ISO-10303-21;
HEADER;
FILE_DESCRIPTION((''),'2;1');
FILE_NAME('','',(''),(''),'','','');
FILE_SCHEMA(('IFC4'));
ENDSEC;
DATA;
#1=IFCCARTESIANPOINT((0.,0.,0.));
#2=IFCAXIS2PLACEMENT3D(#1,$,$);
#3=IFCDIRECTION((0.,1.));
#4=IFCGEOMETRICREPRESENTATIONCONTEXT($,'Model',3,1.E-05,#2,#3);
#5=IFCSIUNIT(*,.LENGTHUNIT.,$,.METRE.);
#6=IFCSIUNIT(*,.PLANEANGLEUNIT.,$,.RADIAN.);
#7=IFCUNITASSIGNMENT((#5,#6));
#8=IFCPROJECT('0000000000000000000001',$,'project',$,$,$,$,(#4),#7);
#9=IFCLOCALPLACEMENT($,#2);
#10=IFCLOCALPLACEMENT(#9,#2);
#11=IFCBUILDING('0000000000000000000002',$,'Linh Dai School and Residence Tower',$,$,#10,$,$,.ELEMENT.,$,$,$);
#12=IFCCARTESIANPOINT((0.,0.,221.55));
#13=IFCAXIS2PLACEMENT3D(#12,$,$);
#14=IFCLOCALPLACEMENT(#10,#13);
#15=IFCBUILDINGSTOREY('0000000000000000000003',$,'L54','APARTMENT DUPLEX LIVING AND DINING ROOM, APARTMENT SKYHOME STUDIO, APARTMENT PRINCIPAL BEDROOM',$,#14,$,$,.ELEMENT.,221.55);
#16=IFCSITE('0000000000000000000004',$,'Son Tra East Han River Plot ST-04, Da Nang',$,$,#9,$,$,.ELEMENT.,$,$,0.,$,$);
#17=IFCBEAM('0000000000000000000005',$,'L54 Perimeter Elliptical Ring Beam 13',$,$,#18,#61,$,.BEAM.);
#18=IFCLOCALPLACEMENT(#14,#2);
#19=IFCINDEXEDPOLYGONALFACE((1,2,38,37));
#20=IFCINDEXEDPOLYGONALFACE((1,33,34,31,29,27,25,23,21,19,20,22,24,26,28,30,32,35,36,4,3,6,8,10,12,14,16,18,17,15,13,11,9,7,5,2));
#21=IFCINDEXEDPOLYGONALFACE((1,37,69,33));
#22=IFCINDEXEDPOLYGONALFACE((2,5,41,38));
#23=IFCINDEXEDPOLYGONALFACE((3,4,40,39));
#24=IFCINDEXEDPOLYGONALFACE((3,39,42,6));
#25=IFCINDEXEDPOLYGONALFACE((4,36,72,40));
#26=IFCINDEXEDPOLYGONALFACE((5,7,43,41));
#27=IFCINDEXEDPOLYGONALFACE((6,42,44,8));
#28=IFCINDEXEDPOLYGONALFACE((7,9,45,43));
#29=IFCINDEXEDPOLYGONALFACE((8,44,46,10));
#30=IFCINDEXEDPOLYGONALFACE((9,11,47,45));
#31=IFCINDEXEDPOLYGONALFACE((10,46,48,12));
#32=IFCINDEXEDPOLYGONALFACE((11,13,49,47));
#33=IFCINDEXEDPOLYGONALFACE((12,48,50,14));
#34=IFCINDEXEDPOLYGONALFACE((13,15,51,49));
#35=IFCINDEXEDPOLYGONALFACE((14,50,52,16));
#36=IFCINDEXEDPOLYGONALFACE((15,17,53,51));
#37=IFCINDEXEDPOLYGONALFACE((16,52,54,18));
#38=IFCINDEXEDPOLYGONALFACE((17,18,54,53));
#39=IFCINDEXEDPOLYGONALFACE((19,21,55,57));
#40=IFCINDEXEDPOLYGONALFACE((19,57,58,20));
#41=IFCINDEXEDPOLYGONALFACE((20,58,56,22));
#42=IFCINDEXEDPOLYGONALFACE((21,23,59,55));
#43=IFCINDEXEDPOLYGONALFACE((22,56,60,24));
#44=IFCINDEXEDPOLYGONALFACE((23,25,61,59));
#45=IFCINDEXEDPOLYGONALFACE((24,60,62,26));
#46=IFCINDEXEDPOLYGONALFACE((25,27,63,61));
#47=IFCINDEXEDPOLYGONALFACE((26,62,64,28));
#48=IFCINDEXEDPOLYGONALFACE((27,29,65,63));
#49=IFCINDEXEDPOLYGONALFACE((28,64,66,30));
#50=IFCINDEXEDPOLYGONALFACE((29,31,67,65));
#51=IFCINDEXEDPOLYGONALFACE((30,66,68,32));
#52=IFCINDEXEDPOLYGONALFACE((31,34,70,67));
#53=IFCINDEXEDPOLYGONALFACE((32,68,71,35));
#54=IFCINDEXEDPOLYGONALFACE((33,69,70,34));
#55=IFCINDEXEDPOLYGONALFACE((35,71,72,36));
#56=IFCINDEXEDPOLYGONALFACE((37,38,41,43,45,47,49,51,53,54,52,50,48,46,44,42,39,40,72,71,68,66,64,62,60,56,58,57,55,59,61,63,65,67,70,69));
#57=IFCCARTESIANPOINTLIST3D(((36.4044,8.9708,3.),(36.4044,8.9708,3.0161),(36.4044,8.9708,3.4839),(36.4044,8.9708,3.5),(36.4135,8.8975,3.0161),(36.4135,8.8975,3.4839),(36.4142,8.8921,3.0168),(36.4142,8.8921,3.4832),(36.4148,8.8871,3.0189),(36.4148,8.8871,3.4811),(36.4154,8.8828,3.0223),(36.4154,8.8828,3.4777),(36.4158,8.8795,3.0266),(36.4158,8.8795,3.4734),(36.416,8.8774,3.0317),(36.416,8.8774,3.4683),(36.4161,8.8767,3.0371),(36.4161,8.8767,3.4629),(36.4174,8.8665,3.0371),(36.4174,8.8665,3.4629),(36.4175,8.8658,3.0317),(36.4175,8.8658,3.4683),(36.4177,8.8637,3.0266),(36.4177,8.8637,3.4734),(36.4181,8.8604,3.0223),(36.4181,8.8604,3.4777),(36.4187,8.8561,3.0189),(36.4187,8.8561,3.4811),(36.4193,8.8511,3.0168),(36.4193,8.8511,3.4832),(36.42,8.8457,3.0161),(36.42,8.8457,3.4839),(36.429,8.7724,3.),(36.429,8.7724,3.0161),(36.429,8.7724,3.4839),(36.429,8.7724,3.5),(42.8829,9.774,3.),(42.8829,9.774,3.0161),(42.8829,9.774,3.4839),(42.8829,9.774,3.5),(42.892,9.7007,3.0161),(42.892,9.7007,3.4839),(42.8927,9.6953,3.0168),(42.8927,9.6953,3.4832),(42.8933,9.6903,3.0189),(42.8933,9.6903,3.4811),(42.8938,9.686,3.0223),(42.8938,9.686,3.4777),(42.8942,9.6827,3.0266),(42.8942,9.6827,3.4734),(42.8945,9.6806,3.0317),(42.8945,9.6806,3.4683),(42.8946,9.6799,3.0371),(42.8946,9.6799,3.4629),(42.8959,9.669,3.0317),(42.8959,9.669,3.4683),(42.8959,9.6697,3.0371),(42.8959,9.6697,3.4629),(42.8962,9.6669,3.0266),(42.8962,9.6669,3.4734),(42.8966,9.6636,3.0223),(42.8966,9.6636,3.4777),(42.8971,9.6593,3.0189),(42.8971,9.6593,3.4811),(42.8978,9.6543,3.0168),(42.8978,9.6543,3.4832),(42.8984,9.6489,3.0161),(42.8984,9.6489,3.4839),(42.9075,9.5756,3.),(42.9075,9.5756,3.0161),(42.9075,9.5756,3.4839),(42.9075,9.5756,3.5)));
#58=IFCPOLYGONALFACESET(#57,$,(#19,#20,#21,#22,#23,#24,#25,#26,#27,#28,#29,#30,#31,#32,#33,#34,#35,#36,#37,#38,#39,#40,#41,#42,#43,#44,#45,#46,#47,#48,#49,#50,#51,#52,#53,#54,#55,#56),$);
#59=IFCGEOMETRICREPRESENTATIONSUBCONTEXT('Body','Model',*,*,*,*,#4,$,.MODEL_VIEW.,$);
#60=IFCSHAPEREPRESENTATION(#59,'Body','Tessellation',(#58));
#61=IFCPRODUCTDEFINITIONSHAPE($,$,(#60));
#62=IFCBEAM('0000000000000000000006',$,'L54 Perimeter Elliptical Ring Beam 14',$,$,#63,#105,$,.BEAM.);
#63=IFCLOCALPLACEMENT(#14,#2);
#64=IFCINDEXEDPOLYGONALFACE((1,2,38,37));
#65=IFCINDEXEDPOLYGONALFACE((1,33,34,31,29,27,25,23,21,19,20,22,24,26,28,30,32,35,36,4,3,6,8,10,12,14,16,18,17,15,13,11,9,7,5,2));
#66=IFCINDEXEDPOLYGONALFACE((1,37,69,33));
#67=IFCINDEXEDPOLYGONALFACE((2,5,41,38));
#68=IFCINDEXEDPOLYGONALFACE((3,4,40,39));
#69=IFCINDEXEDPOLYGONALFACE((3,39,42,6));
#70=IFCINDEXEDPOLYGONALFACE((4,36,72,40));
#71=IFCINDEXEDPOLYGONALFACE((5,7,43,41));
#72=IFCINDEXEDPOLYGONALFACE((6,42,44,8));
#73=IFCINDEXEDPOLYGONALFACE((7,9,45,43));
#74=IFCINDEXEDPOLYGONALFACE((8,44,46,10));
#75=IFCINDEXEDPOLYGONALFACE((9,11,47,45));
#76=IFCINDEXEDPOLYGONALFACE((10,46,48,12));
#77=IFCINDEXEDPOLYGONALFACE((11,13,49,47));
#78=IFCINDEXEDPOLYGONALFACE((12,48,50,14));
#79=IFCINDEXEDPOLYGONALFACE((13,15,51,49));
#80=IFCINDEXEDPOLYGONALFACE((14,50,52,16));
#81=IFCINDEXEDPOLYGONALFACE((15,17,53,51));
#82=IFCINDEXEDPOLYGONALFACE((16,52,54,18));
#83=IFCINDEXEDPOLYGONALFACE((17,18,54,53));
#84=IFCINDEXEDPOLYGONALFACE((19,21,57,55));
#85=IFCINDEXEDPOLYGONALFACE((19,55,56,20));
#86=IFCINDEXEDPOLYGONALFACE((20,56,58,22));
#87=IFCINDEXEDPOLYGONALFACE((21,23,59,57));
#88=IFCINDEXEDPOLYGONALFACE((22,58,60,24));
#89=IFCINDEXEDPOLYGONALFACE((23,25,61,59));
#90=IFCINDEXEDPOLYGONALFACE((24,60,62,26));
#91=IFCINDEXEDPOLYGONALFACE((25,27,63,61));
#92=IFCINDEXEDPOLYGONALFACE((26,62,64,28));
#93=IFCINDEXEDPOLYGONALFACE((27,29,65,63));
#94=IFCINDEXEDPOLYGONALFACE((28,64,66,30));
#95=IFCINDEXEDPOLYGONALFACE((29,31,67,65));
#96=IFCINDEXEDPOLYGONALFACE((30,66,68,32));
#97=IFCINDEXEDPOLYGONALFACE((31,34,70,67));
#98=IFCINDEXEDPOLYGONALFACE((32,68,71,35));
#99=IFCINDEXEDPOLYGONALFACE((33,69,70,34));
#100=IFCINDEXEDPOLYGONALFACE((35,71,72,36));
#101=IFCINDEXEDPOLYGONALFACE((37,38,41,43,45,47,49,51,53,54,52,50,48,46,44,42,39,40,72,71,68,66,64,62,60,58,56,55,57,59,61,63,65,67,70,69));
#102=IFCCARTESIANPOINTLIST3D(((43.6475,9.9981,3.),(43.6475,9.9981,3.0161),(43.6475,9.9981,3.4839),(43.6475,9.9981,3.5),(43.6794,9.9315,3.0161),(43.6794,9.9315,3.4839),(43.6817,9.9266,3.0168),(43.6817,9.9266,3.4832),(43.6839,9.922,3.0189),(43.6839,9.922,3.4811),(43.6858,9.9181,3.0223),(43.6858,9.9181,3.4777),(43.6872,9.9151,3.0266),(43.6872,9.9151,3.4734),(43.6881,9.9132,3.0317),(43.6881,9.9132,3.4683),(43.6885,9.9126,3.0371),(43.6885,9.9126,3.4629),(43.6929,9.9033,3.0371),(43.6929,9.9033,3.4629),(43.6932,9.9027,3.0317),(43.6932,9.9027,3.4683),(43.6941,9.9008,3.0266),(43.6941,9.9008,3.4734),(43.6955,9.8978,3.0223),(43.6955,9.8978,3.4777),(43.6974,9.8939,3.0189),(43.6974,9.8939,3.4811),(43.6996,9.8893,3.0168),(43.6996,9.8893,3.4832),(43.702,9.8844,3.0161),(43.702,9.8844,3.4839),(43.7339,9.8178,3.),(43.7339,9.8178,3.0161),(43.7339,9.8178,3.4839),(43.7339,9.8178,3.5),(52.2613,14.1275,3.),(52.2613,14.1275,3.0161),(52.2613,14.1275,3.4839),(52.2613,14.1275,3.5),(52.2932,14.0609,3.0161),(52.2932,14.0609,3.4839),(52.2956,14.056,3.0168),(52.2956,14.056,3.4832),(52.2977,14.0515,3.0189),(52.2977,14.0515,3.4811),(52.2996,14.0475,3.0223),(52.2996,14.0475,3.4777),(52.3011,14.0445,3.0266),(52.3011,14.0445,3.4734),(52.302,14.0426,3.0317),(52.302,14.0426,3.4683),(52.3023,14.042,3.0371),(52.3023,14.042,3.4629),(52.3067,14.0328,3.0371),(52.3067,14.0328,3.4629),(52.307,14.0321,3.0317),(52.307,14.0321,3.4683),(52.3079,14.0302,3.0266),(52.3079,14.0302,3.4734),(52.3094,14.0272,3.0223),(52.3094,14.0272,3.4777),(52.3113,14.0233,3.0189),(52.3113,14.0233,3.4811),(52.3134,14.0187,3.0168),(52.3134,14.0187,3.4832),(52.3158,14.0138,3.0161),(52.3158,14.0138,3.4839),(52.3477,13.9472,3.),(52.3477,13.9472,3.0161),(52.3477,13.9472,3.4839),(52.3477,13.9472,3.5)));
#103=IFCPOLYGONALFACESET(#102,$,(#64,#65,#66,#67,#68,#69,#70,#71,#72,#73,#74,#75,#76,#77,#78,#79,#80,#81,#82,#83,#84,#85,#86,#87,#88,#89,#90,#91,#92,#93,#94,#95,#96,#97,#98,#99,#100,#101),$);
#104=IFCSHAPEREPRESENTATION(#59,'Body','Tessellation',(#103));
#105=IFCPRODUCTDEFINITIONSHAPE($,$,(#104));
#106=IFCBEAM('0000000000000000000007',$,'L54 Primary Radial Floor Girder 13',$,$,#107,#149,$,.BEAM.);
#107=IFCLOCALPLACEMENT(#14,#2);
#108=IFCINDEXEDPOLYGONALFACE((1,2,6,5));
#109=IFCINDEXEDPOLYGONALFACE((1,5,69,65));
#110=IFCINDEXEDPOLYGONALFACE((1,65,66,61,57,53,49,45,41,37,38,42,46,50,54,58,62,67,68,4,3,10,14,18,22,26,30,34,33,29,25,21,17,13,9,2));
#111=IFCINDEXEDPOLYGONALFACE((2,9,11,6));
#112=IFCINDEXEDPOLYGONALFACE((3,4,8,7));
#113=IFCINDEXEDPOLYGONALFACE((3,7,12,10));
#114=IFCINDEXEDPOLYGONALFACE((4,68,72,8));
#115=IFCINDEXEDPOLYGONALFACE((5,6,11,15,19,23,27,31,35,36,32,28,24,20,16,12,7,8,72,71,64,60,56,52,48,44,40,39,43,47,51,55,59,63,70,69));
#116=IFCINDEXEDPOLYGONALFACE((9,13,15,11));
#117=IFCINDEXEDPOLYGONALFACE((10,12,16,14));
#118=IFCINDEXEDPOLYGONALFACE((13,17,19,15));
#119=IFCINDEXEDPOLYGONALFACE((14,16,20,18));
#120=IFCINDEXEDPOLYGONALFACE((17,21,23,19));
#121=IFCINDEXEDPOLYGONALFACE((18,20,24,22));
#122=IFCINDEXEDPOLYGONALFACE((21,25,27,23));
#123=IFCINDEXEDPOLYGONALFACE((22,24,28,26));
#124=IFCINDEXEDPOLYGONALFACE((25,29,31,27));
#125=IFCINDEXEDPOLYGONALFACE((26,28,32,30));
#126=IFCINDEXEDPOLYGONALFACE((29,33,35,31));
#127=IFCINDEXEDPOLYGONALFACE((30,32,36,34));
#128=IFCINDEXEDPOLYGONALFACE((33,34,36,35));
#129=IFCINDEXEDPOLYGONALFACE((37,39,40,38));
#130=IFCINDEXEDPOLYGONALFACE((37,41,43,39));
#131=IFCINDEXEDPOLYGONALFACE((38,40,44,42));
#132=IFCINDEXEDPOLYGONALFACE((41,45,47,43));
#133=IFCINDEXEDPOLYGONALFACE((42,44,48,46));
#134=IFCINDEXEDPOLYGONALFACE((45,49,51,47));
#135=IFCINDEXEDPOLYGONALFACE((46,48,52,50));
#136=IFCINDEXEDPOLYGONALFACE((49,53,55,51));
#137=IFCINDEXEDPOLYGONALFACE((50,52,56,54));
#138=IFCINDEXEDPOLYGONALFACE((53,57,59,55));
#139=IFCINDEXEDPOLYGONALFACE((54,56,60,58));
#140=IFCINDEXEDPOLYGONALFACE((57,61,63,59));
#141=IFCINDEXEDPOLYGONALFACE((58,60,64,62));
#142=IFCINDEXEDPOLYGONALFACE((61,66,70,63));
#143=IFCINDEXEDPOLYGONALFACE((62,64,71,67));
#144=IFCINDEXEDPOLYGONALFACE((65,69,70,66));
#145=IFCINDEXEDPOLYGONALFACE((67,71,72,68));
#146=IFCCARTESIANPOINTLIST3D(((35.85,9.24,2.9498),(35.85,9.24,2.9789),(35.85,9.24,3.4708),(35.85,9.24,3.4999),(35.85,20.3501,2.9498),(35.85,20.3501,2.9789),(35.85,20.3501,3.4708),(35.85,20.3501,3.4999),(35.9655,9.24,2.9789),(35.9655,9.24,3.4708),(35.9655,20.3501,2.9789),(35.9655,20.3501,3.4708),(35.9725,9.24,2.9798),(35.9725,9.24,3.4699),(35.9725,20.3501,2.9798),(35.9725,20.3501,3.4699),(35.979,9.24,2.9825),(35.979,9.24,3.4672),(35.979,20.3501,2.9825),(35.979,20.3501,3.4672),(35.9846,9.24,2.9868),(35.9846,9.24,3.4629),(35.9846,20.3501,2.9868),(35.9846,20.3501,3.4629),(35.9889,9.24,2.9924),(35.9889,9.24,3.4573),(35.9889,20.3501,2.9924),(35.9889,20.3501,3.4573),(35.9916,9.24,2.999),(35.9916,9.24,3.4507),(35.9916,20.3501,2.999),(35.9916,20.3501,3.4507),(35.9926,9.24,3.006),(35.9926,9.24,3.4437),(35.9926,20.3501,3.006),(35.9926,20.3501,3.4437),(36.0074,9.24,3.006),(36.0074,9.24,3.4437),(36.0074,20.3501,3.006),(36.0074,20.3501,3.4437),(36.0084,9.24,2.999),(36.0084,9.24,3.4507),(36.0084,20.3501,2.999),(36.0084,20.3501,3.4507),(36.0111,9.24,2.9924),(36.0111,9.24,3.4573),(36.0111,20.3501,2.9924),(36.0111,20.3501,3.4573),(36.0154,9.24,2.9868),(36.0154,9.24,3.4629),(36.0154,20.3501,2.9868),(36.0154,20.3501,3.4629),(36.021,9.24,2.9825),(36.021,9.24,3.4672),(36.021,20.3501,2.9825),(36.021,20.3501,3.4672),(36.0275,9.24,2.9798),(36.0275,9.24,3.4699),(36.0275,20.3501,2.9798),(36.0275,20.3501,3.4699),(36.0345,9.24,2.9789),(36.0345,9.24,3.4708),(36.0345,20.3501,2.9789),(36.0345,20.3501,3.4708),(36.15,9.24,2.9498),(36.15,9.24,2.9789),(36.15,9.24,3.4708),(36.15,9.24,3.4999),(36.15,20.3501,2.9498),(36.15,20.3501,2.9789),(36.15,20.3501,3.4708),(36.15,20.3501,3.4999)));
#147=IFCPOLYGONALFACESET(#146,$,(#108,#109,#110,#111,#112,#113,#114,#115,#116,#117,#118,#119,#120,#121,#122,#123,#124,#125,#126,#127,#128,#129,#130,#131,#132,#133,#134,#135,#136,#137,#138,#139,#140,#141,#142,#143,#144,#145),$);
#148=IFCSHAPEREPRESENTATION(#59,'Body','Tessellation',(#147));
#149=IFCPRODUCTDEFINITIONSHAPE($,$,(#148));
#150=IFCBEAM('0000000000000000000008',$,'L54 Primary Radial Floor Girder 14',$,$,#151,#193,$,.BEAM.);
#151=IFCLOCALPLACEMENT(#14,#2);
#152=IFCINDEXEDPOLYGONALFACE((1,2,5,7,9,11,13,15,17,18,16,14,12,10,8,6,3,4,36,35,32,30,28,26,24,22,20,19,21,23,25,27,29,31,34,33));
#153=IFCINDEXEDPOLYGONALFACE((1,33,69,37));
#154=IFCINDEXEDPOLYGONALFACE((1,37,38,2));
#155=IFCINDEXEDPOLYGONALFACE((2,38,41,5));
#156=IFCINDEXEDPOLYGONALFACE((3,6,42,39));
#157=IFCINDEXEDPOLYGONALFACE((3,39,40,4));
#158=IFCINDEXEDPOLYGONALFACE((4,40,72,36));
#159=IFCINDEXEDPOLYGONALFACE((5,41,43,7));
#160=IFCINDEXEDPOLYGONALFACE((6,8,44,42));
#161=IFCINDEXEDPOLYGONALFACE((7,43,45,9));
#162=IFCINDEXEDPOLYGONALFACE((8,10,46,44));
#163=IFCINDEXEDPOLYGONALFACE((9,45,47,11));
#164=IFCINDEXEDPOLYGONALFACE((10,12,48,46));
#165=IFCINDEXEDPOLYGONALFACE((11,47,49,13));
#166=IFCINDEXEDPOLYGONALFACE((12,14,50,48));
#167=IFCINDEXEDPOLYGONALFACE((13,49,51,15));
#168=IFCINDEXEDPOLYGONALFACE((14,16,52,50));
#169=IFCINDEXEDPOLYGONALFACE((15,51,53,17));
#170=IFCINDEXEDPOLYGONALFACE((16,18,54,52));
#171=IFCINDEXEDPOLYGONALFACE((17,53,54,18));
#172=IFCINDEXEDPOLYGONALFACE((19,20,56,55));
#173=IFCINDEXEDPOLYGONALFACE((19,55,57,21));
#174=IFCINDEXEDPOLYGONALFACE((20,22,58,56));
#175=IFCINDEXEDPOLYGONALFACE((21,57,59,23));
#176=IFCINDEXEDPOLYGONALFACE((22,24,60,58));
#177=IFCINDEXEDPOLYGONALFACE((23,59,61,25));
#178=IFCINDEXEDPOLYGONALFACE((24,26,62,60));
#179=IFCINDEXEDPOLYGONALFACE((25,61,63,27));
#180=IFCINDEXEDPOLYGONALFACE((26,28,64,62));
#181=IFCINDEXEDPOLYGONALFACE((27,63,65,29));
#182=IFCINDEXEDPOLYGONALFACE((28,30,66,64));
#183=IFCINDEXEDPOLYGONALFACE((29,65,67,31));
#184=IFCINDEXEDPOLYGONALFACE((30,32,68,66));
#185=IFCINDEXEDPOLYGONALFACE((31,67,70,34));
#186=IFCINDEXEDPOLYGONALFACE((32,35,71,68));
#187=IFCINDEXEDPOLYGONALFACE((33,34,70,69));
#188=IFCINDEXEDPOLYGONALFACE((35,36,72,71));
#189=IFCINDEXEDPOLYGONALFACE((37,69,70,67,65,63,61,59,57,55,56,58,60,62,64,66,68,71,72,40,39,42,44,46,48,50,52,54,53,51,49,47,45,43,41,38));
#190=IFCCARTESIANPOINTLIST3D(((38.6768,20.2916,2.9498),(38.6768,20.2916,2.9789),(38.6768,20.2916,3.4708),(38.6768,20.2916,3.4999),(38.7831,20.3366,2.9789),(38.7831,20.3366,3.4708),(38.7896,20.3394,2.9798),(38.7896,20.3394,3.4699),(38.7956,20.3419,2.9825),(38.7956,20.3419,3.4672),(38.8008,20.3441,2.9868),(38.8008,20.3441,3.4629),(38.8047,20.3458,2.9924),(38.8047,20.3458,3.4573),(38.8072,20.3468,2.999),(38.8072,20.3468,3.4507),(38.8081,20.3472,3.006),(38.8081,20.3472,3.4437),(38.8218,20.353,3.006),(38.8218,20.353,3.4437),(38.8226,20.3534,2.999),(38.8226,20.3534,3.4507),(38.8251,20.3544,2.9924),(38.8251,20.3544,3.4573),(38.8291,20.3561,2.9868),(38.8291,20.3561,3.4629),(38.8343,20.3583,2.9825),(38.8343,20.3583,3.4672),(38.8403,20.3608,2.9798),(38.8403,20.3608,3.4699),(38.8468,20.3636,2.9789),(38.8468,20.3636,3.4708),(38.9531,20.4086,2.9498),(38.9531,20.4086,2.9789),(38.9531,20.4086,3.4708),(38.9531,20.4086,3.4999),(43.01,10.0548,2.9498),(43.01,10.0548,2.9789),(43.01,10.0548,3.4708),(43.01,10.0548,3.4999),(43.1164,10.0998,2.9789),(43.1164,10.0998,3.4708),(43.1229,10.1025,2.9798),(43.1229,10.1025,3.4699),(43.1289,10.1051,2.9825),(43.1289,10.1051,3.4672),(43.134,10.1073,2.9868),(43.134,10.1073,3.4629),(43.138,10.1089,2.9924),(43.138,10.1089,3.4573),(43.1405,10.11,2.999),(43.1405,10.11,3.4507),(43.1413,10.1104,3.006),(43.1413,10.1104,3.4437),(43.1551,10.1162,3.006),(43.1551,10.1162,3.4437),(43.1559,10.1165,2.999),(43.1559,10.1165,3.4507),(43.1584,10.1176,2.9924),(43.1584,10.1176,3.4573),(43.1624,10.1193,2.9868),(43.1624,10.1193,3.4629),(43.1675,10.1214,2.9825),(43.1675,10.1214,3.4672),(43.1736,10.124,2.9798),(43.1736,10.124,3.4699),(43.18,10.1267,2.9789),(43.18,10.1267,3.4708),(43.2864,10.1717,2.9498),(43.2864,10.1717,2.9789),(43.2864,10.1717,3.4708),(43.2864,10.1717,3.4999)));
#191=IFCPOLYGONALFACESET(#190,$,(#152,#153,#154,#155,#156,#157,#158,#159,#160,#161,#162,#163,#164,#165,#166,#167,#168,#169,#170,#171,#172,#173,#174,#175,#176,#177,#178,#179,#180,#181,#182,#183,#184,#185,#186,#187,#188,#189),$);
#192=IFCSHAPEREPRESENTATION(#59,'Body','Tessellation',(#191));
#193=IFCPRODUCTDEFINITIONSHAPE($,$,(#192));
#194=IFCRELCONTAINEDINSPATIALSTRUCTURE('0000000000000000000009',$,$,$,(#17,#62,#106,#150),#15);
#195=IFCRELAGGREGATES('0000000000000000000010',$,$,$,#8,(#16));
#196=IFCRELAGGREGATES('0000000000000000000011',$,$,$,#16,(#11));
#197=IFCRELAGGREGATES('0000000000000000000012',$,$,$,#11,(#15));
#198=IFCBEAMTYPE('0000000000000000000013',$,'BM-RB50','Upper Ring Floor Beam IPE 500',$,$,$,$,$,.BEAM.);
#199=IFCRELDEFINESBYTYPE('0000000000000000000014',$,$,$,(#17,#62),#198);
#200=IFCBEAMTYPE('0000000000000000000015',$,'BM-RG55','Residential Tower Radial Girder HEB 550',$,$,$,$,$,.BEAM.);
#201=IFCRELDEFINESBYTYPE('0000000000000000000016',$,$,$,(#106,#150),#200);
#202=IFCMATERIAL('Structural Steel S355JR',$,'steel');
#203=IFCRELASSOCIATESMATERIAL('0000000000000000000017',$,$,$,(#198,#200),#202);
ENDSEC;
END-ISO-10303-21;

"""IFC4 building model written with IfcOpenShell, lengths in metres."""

from ifc_helpers import new_model, si_unit, direction, frame, origin, origin_2d, place, context, subcontext, project, spatial, i_section, extrude, material, material_profile, profile_set, type_object, element, save


model = new_model("IFC4")

# Units and contexts
model_context = context("Model", 3, precision=1e-05, world=origin(), true_north=direction((0.0, 1.0)))
body_context = subcontext(model_context, "Body", "Model", "MODEL_VIEW")
ifc_project = project(units=[si_unit("LENGTHUNIT", "METRE"), si_unit("PLANEANGLEUNIT", "RADIAN")], contexts=[model_context])

# Site, building, storey
site_placement = place(None, origin())
site = spatial("IfcSite", under=ifc_project, at=site_placement, Name="Son Tra East Han River Plot ST-04, Da Nang", CompositionType="ELEMENT", RefElevation=0.0)
building_placement = place(site_placement, origin())
building = spatial("IfcBuilding", under=site, at=building_placement, Name="Linh Dai School and Residence Tower", CompositionType="ELEMENT")
storey_placement = place(building_placement, frame((0.0, 0.0, 221.55)))
storey = spatial("IfcBuildingStorey", under=building, at=storey_placement, Name="L54", Description="APARTMENT DUPLEX LIVING AND DINING ROOM, APARTMENT SKYHOME STUDIO, APARTMENT PRINCIPAL BEDROOM", CompositionType="ELEMENT", Elevation=221.55)

# Shared definitions
ifc_material_1 = material(Name="Structural Steel S355JR", Category="steel")

# Beams
ifc_material_profile_1 = material_profile(ifc_material_1, i_section(OverallWidth=0.2, OverallDepth=0.5, WebThickness=0.0103, FlangeThickness=0.0161, FilletRadius=0.021, at=origin_2d()), Name="IPE 500")
ifc_profile_set_1 = profile_set([ifc_material_profile_1], Name="Structural Steel S355JR")
beam_type_1 = type_object("IfcBeamType", Name="BM-RB50", Description="Upper Ring Floor Beam IPE 500", PredefinedType="BEAM", material=ifc_profile_set_1)
beam_1_placement = place(storey_placement, frame((36.4167, 8.8716, 3.25), z_axis=(0.992402, 0.12304, 0.0), x_axis=(-0.12304, 0.992402, 0.0)))
element("IfcBeam", 1, at=beam_1_placement, inside=storey, type_object=beam_type_1, Name="L54 Perimeter Elliptical Ring Beam 13", PredefinedType="BEAM", context=body_context, shape_type="SweptSolid", body=[
    extrude(i_section(OverallWidth=0.2, OverallDepth=0.5, WebThickness=0.0103, FlangeThickness=0.0161, FilletRadius=0.021, at=origin_2d()), origin(), (0.0, 0.0, 1.0), 6.5281),
])
beam_2_placement = place(storey_placement, frame((43.6907, 9.908, 3.25), z_axis=(0.901736, 0.432287, 0.0), x_axis=(-0.432287, 0.901736, 0.0)))
element("IfcBeam", 2, at=beam_2_placement, inside=storey, type_object=beam_type_1, Name="L54 Perimeter Elliptical Ring Beam 14", PredefinedType="BEAM", context=body_context, shape_type="SweptSolid", body=[
    extrude(i_section(OverallWidth=0.2, OverallDepth=0.5, WebThickness=0.0103, FlangeThickness=0.0161, FilletRadius=0.021, at=origin_2d()), origin(), (0.0, 0.0, 1.0), 9.5525),
])
ifc_material_profile_2 = material_profile(ifc_material_1, i_section(OverallWidth=0.3, OverallDepth=0.55, WebThickness=0.0149, FlangeThickness=0.0291, FilletRadius=0.0271, at=origin_2d()), Name="HEB 550")
ifc_profile_set_2 = profile_set([ifc_material_profile_2], Name="Structural Steel S355JR")
beam_type_2 = type_object("IfcBeamType", Name="BM-RG55", Description="Residential Tower Radial Girder HEB 550", PredefinedType="BEAM", material=ifc_profile_set_2)
beam_3_placement = place(storey_placement, frame((36.0, 20.3501, 3.2249), z_axis=(0.0, -1.0, 0.0), x_axis=(1.0, 0.0, 0.0)))
element("IfcBeam", 3, at=beam_3_placement, inside=storey, type_object=beam_type_2, Name="L54 Primary Radial Floor Girder 13", PredefinedType="BEAM", context=body_context, shape_type="SweptSolid", body=[
    extrude(i_section(OverallWidth=0.3, OverallDepth=0.55, WebThickness=0.0149, FlangeThickness=0.0291, FilletRadius=0.0271, at=origin_2d()), origin(), (0.0, 0.0, 1.0), 11.1101),
])
beam_4_placement = place(storey_placement, frame((38.8149, 20.3501, 3.2249), z_axis=(0.389815, -0.920893, 0.0), x_axis=(0.920893, 0.389815, 0.0)))
element("IfcBeam", 4, at=beam_4_placement, inside=storey, type_object=beam_type_2, Name="L54 Primary Radial Floor Girder 14", PredefinedType="BEAM", context=body_context, shape_type="SweptSolid", body=[
    extrude(i_section(OverallWidth=0.3, OverallDepth=0.55, WebThickness=0.0149, FlangeThickness=0.0291, FilletRadius=0.0271, at=origin_2d()), origin(), (0.0, 0.0, 1.0), 11.1162),
])

save(model, "model.ifc")
